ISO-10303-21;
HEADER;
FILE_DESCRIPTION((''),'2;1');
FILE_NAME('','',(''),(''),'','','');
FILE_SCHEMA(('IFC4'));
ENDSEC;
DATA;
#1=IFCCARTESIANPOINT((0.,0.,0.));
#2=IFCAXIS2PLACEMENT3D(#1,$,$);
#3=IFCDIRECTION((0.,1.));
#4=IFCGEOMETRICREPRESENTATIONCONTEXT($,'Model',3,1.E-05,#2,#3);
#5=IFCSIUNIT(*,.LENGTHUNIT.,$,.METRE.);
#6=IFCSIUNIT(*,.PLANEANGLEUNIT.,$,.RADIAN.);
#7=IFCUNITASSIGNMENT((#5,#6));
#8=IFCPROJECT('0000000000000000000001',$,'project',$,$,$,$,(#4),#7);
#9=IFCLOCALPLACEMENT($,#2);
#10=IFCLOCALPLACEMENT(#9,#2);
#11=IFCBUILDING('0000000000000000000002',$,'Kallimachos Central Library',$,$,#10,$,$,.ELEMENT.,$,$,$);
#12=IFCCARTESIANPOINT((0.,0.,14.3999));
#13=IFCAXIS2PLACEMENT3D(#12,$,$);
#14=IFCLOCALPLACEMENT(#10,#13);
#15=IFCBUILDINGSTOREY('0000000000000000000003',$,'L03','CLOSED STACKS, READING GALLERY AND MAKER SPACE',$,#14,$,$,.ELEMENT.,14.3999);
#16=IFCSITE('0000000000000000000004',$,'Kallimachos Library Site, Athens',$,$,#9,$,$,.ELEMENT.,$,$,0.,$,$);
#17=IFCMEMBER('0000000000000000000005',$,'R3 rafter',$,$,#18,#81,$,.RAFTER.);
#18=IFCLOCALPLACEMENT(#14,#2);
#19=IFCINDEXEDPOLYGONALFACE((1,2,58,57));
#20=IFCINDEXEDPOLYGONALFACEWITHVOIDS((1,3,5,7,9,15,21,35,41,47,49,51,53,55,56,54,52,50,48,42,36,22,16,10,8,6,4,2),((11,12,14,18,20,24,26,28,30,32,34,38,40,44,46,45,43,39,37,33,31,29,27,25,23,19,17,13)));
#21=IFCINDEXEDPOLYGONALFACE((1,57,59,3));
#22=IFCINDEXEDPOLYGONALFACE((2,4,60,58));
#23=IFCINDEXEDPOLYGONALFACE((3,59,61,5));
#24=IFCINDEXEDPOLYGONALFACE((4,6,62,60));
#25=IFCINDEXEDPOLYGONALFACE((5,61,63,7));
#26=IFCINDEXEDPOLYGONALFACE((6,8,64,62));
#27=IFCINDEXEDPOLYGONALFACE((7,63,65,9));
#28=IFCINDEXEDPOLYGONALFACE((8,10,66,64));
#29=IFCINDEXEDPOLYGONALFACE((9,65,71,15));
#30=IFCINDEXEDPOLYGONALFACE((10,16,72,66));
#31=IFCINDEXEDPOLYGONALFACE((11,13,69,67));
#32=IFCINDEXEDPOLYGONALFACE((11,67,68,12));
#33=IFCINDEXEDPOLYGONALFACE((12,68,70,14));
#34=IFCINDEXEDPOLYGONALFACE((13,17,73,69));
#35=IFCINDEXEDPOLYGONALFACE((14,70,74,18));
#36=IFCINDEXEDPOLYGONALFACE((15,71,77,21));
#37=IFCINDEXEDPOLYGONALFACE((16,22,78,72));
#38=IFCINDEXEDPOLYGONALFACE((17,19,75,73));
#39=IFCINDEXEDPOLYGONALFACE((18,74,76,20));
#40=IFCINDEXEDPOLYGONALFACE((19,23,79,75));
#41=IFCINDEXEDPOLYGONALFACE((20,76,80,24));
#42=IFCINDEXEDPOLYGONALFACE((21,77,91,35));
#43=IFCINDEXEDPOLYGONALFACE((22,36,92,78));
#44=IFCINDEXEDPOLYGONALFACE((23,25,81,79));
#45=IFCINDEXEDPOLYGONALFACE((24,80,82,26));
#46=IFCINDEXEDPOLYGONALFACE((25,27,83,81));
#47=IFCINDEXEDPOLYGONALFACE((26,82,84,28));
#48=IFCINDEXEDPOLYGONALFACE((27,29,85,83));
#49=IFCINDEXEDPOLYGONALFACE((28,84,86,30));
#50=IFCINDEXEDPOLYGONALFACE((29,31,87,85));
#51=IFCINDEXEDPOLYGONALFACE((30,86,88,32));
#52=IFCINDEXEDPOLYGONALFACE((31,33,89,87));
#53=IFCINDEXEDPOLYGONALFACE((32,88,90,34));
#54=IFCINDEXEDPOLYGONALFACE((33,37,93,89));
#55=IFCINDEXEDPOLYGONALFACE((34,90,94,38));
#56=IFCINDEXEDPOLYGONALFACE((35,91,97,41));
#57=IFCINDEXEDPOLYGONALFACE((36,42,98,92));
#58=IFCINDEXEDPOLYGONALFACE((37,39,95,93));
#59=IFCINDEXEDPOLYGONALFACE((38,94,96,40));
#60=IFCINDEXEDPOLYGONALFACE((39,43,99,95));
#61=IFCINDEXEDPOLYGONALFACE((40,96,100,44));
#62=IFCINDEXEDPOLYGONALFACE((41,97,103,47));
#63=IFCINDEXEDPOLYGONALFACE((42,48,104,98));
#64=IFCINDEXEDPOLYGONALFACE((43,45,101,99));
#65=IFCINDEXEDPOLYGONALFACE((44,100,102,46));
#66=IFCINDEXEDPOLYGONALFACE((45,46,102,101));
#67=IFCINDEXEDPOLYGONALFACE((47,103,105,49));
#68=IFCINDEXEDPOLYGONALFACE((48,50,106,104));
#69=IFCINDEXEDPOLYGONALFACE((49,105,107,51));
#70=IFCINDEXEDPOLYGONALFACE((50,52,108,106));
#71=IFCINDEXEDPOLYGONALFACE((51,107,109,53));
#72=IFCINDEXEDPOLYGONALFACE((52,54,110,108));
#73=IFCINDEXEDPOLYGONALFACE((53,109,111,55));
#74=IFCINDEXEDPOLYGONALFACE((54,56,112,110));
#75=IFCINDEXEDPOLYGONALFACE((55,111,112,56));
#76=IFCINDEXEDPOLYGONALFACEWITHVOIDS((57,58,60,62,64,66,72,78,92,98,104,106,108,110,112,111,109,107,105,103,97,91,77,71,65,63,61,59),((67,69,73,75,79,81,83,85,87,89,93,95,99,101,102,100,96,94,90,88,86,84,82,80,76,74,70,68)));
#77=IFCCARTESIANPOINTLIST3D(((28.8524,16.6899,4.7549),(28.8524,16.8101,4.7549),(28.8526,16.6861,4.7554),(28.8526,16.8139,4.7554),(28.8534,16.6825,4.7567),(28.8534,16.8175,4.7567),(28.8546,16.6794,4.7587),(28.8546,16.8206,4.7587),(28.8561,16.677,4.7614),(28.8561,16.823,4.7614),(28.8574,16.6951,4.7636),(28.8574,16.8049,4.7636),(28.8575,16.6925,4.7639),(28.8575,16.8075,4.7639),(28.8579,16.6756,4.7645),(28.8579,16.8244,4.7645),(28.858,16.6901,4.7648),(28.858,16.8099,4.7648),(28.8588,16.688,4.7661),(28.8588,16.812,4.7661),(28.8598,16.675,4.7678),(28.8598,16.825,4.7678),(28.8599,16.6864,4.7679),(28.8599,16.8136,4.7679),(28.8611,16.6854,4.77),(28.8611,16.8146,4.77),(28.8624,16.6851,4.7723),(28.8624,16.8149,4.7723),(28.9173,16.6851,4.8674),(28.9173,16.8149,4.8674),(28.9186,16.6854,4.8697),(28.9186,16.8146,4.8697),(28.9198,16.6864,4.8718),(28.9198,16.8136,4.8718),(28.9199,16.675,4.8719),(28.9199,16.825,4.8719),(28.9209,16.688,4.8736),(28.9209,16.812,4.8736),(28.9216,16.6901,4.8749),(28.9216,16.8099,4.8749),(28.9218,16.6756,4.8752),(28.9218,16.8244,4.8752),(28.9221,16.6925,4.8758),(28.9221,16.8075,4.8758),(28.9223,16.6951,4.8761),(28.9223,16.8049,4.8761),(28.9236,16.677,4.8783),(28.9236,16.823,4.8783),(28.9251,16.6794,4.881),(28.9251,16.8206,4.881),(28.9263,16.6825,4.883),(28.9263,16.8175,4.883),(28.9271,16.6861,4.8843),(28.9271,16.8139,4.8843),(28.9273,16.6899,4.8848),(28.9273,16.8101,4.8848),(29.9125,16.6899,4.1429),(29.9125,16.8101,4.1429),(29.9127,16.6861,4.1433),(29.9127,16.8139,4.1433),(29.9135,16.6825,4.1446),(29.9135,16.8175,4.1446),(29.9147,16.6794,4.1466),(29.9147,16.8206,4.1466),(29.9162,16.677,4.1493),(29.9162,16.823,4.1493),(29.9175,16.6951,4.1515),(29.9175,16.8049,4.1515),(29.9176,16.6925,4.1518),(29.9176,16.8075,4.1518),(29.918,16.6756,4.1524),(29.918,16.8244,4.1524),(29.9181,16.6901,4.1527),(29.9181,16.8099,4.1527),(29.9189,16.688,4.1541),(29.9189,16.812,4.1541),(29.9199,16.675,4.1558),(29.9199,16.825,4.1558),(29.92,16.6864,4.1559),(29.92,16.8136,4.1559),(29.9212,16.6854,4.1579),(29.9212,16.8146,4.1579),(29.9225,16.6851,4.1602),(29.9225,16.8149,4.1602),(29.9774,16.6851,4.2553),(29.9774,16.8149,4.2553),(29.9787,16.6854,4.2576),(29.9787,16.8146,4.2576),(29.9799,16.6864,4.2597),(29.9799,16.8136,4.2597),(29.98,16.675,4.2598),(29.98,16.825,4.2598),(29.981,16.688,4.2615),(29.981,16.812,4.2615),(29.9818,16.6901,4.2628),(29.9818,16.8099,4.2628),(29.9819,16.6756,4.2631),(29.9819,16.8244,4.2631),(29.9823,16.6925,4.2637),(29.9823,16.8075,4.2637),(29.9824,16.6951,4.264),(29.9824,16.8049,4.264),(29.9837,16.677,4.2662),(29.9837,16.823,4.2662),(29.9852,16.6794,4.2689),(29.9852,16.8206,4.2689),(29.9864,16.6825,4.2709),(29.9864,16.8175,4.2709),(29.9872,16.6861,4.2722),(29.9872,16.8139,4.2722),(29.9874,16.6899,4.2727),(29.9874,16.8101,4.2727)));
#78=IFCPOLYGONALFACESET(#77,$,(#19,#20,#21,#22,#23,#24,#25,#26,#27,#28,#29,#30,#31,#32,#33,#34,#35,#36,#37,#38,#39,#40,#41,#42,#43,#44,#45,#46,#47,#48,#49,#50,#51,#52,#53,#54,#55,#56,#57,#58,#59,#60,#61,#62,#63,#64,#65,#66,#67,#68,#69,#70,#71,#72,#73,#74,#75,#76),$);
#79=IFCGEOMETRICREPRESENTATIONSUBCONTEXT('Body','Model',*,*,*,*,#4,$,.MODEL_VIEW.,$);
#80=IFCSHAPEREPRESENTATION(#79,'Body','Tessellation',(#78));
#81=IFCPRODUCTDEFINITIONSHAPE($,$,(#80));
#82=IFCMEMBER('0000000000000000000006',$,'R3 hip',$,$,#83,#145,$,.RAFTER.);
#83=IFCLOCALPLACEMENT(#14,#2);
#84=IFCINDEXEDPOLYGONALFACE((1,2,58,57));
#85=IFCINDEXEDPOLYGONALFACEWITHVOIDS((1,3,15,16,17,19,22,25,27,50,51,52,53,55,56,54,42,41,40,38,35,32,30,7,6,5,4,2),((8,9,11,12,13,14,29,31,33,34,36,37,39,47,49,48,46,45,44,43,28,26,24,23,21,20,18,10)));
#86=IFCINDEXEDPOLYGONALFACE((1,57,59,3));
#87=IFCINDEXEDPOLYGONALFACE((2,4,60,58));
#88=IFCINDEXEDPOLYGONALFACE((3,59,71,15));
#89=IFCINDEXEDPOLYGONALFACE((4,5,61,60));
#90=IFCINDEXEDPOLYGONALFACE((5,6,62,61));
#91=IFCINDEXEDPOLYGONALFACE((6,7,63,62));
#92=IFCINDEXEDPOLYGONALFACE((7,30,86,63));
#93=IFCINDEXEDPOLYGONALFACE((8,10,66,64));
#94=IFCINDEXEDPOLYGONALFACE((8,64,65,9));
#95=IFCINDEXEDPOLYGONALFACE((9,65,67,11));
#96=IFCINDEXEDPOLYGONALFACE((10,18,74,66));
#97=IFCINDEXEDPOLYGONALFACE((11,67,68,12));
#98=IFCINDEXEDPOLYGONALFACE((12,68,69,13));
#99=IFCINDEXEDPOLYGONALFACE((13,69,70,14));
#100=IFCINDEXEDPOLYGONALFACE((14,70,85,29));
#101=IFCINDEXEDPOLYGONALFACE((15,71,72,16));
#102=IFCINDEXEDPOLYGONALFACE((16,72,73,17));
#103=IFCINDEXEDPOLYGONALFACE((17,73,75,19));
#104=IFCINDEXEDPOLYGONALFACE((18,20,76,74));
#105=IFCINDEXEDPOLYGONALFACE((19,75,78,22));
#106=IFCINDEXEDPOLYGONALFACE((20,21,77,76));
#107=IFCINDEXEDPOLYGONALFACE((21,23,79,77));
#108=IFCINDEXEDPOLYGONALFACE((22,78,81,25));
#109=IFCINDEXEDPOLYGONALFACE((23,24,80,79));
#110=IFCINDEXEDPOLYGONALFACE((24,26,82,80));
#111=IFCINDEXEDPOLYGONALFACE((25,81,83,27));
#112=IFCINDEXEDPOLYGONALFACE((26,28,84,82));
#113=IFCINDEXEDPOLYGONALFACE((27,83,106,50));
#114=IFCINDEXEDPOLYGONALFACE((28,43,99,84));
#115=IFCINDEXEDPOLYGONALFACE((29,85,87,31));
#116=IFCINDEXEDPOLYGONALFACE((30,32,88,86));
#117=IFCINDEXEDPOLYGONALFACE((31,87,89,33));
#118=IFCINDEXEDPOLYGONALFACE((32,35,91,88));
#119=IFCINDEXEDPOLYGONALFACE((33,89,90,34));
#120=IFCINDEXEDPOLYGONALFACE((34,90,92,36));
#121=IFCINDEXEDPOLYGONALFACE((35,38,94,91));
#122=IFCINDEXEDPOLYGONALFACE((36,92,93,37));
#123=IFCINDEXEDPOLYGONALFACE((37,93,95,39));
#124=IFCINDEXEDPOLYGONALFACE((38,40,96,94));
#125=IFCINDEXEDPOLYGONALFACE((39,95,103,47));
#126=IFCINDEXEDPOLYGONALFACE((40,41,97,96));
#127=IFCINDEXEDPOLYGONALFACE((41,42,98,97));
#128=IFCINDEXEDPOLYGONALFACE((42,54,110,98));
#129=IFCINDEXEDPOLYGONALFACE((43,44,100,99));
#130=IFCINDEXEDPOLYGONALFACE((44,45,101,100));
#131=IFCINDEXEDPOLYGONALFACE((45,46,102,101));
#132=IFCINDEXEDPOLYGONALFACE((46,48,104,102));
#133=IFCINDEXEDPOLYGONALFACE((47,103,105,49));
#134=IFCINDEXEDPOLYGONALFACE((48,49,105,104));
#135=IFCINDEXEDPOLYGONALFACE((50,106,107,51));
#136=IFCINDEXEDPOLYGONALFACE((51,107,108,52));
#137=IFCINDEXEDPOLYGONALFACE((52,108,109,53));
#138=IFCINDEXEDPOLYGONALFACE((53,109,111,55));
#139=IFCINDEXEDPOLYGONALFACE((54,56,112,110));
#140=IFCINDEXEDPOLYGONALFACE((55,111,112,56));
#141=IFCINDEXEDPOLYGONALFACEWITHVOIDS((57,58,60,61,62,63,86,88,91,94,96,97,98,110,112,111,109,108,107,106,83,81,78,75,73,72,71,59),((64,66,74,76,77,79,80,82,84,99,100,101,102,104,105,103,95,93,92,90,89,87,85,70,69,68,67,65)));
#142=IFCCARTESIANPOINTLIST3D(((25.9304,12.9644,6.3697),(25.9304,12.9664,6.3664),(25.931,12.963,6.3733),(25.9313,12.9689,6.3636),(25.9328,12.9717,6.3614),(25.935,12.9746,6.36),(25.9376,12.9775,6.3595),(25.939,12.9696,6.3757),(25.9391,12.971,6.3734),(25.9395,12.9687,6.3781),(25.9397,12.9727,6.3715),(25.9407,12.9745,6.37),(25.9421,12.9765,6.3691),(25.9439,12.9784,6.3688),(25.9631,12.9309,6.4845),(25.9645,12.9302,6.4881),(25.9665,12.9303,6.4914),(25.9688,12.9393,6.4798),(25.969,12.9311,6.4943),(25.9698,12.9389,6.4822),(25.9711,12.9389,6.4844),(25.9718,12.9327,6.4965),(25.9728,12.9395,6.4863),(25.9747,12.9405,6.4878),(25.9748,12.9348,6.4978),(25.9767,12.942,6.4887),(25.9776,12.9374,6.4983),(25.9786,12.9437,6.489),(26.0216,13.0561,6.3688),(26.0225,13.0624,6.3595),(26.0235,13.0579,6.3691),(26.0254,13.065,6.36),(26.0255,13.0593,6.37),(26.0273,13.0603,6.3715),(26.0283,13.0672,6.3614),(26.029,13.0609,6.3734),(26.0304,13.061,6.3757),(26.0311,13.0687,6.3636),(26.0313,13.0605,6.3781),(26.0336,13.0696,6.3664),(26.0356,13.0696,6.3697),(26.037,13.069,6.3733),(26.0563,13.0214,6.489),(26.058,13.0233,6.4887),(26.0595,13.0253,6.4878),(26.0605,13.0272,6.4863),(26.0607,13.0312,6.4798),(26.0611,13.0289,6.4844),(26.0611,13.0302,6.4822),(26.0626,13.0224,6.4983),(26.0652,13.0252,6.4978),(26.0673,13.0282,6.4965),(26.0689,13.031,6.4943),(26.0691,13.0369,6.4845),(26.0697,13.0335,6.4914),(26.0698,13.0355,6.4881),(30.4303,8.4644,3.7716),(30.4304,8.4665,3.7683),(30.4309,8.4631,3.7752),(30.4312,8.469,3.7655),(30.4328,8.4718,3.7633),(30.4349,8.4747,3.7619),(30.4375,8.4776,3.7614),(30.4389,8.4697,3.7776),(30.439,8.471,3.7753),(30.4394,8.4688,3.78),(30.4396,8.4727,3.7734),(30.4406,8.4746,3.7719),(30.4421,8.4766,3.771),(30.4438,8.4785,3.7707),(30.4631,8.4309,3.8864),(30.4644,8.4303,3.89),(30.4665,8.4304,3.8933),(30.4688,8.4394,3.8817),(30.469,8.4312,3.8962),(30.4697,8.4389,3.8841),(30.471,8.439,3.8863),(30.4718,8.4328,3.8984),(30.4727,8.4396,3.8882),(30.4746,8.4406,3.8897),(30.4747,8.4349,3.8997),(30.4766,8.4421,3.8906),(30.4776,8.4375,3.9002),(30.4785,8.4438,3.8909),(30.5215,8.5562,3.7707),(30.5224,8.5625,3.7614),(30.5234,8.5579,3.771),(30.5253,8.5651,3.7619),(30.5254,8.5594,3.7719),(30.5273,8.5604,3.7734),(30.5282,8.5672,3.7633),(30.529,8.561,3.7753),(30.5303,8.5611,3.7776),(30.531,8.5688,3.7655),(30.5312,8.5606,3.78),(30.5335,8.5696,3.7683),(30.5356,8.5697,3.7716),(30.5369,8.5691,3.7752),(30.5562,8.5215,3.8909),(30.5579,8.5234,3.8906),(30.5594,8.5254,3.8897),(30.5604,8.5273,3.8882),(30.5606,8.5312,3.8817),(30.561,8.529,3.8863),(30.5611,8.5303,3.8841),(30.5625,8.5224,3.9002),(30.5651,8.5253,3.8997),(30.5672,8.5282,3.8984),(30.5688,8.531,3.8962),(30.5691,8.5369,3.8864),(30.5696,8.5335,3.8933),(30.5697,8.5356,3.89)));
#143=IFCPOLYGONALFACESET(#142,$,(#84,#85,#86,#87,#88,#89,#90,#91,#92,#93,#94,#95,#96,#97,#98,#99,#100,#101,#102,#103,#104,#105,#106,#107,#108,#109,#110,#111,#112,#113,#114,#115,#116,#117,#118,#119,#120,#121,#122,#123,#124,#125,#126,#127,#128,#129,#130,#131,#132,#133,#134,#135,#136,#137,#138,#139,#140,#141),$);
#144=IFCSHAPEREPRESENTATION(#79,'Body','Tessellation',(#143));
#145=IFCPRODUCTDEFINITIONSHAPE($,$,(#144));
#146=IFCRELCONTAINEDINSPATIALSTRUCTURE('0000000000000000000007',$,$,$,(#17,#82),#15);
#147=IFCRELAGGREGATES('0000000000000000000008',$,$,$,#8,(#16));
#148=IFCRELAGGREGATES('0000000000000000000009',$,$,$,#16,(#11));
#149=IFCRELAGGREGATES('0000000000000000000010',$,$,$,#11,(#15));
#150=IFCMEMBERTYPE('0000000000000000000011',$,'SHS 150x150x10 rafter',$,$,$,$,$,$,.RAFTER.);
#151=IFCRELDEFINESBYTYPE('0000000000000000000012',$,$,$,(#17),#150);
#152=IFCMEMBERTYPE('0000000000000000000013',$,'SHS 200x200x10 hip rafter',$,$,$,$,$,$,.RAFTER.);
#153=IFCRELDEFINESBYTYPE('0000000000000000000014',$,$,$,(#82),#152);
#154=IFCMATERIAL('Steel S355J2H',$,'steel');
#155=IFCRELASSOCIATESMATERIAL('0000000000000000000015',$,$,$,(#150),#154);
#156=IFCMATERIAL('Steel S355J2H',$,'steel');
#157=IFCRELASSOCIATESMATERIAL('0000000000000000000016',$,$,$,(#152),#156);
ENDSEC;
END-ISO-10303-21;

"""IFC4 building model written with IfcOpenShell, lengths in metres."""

from ifc_helpers import new_model, si_unit, direction, frame, origin, origin_2d, place, context, subcontext, project, spatial, hollow_rectangle, extrude, material, material_profile, profile_set, type_object, element, save


model = new_model("IFC4")

# Units and contexts
model_context = context("Model", 3, precision=1e-05, world=origin(), true_north=direction((0.0, 1.0)))
body_context = subcontext(model_context, "Body", "Model", "MODEL_VIEW")
ifc_project = project(units=[si_unit("LENGTHUNIT", "METRE"), si_unit("PLANEANGLEUNIT", "RADIAN")], contexts=[model_context])

# Site, building, storey
site_placement = place(None, origin())
site = spatial("IfcSite", under=ifc_project, at=site_placement, Name="Kallimachos Library Site, Athens", CompositionType="ELEMENT", RefElevation=0.0)
building_placement = place(site_placement, origin())
building = spatial("IfcBuilding", under=site, at=building_placement, Name="Kallimachos Central Library", CompositionType="ELEMENT")
storey_placement = place(building_placement, frame((0.0, 0.0, 14.3999)))
storey = spatial("IfcBuildingStorey", under=building, at=storey_placement, Name="L03", Description="CLOSED STACKS, READING GALLERY AND MAKER SPACE", CompositionType="ELEMENT", Elevation=14.3999)

# Members
ifc_material_1 = material(Name="Steel S355J2H", Category="steel")
ifc_material_profile_1 = material_profile(ifc_material_1, hollow_rectangle(XDim=0.1499, YDim=0.1499, WallThickness=0.01, InnerFilletRadius=0.01, OuterFilletRadius=0.0149, at=origin_2d()), Name="SHS 150x150x10")
ifc_profile_set_1 = profile_set([ifc_material_profile_1], Name="Steel S355J2H")
member_type_1 = type_object("IfcMemberType", Name="SHS 150x150x10 rafter", PredefinedType="RAFTER", material=ifc_profile_set_1)
member_1_placement = place(storey_placement, frame((29.95, 16.75, 4.2078), z_axis=(-0.866013, 0.0, 0.500022), x_axis=(0.0, -1.0, 0.0)))
element("IfcMember", 1, at=member_1_placement, inside=storey, type_object=member_type_1, Name="R3 rafter", PredefinedType="RAFTER", context=body_context, shape_type="SweptSolid", body=[
    extrude(hollow_rectangle(XDim=0.1499, YDim=0.1499, WallThickness=0.01, InnerFilletRadius=0.01, OuterFilletRadius=0.0149, at=origin_2d()), origin(), (0.0, 0.0, 1.0), 1.2241),
])
ifc_material_2 = material(Name="Steel S355J2H", Category="steel")
ifc_material_profile_2 = material_profile(ifc_material_2, hollow_rectangle(XDim=0.1499, YDim=0.1499, WallThickness=0.01, InnerFilletRadius=0.01, OuterFilletRadius=0.0149, at=origin_2d()), Name="SHS 150x150x10")
ifc_profile_set_2 = profile_set([ifc_material_profile_2], Name="Steel S355J2H")
member_type_2 = type_object("IfcMemberType", Name="SHS 200x200x10 hip rafter", PredefinedType="RAFTER", material=ifc_profile_set_2)
for number, where, z_axis, x_axis, name in (
    (2, (30.5, 8.5, 3.8308), (-0.654651, 0.654651, 0.377973), (-0.707107, -0.707107, 0.0), "R3 hip"),
):
    element("IfcMember", number, at=place(storey_placement, frame(where, z_axis=z_axis, x_axis=x_axis)), inside=storey, type_object=member_type_2, Name=name, PredefinedType="RAFTER", context=body_context, shape_type="SweptSolid", body=[
        extrude(hollow_rectangle(XDim=0.1499, YDim=0.1499, WallThickness=0.01, InnerFilletRadius=0.01, OuterFilletRadius=0.0149, at=origin_2d()), origin(), (0.0, 0.0, 1.0), 6.8738),
    ])

save(model, "model.ifc")
